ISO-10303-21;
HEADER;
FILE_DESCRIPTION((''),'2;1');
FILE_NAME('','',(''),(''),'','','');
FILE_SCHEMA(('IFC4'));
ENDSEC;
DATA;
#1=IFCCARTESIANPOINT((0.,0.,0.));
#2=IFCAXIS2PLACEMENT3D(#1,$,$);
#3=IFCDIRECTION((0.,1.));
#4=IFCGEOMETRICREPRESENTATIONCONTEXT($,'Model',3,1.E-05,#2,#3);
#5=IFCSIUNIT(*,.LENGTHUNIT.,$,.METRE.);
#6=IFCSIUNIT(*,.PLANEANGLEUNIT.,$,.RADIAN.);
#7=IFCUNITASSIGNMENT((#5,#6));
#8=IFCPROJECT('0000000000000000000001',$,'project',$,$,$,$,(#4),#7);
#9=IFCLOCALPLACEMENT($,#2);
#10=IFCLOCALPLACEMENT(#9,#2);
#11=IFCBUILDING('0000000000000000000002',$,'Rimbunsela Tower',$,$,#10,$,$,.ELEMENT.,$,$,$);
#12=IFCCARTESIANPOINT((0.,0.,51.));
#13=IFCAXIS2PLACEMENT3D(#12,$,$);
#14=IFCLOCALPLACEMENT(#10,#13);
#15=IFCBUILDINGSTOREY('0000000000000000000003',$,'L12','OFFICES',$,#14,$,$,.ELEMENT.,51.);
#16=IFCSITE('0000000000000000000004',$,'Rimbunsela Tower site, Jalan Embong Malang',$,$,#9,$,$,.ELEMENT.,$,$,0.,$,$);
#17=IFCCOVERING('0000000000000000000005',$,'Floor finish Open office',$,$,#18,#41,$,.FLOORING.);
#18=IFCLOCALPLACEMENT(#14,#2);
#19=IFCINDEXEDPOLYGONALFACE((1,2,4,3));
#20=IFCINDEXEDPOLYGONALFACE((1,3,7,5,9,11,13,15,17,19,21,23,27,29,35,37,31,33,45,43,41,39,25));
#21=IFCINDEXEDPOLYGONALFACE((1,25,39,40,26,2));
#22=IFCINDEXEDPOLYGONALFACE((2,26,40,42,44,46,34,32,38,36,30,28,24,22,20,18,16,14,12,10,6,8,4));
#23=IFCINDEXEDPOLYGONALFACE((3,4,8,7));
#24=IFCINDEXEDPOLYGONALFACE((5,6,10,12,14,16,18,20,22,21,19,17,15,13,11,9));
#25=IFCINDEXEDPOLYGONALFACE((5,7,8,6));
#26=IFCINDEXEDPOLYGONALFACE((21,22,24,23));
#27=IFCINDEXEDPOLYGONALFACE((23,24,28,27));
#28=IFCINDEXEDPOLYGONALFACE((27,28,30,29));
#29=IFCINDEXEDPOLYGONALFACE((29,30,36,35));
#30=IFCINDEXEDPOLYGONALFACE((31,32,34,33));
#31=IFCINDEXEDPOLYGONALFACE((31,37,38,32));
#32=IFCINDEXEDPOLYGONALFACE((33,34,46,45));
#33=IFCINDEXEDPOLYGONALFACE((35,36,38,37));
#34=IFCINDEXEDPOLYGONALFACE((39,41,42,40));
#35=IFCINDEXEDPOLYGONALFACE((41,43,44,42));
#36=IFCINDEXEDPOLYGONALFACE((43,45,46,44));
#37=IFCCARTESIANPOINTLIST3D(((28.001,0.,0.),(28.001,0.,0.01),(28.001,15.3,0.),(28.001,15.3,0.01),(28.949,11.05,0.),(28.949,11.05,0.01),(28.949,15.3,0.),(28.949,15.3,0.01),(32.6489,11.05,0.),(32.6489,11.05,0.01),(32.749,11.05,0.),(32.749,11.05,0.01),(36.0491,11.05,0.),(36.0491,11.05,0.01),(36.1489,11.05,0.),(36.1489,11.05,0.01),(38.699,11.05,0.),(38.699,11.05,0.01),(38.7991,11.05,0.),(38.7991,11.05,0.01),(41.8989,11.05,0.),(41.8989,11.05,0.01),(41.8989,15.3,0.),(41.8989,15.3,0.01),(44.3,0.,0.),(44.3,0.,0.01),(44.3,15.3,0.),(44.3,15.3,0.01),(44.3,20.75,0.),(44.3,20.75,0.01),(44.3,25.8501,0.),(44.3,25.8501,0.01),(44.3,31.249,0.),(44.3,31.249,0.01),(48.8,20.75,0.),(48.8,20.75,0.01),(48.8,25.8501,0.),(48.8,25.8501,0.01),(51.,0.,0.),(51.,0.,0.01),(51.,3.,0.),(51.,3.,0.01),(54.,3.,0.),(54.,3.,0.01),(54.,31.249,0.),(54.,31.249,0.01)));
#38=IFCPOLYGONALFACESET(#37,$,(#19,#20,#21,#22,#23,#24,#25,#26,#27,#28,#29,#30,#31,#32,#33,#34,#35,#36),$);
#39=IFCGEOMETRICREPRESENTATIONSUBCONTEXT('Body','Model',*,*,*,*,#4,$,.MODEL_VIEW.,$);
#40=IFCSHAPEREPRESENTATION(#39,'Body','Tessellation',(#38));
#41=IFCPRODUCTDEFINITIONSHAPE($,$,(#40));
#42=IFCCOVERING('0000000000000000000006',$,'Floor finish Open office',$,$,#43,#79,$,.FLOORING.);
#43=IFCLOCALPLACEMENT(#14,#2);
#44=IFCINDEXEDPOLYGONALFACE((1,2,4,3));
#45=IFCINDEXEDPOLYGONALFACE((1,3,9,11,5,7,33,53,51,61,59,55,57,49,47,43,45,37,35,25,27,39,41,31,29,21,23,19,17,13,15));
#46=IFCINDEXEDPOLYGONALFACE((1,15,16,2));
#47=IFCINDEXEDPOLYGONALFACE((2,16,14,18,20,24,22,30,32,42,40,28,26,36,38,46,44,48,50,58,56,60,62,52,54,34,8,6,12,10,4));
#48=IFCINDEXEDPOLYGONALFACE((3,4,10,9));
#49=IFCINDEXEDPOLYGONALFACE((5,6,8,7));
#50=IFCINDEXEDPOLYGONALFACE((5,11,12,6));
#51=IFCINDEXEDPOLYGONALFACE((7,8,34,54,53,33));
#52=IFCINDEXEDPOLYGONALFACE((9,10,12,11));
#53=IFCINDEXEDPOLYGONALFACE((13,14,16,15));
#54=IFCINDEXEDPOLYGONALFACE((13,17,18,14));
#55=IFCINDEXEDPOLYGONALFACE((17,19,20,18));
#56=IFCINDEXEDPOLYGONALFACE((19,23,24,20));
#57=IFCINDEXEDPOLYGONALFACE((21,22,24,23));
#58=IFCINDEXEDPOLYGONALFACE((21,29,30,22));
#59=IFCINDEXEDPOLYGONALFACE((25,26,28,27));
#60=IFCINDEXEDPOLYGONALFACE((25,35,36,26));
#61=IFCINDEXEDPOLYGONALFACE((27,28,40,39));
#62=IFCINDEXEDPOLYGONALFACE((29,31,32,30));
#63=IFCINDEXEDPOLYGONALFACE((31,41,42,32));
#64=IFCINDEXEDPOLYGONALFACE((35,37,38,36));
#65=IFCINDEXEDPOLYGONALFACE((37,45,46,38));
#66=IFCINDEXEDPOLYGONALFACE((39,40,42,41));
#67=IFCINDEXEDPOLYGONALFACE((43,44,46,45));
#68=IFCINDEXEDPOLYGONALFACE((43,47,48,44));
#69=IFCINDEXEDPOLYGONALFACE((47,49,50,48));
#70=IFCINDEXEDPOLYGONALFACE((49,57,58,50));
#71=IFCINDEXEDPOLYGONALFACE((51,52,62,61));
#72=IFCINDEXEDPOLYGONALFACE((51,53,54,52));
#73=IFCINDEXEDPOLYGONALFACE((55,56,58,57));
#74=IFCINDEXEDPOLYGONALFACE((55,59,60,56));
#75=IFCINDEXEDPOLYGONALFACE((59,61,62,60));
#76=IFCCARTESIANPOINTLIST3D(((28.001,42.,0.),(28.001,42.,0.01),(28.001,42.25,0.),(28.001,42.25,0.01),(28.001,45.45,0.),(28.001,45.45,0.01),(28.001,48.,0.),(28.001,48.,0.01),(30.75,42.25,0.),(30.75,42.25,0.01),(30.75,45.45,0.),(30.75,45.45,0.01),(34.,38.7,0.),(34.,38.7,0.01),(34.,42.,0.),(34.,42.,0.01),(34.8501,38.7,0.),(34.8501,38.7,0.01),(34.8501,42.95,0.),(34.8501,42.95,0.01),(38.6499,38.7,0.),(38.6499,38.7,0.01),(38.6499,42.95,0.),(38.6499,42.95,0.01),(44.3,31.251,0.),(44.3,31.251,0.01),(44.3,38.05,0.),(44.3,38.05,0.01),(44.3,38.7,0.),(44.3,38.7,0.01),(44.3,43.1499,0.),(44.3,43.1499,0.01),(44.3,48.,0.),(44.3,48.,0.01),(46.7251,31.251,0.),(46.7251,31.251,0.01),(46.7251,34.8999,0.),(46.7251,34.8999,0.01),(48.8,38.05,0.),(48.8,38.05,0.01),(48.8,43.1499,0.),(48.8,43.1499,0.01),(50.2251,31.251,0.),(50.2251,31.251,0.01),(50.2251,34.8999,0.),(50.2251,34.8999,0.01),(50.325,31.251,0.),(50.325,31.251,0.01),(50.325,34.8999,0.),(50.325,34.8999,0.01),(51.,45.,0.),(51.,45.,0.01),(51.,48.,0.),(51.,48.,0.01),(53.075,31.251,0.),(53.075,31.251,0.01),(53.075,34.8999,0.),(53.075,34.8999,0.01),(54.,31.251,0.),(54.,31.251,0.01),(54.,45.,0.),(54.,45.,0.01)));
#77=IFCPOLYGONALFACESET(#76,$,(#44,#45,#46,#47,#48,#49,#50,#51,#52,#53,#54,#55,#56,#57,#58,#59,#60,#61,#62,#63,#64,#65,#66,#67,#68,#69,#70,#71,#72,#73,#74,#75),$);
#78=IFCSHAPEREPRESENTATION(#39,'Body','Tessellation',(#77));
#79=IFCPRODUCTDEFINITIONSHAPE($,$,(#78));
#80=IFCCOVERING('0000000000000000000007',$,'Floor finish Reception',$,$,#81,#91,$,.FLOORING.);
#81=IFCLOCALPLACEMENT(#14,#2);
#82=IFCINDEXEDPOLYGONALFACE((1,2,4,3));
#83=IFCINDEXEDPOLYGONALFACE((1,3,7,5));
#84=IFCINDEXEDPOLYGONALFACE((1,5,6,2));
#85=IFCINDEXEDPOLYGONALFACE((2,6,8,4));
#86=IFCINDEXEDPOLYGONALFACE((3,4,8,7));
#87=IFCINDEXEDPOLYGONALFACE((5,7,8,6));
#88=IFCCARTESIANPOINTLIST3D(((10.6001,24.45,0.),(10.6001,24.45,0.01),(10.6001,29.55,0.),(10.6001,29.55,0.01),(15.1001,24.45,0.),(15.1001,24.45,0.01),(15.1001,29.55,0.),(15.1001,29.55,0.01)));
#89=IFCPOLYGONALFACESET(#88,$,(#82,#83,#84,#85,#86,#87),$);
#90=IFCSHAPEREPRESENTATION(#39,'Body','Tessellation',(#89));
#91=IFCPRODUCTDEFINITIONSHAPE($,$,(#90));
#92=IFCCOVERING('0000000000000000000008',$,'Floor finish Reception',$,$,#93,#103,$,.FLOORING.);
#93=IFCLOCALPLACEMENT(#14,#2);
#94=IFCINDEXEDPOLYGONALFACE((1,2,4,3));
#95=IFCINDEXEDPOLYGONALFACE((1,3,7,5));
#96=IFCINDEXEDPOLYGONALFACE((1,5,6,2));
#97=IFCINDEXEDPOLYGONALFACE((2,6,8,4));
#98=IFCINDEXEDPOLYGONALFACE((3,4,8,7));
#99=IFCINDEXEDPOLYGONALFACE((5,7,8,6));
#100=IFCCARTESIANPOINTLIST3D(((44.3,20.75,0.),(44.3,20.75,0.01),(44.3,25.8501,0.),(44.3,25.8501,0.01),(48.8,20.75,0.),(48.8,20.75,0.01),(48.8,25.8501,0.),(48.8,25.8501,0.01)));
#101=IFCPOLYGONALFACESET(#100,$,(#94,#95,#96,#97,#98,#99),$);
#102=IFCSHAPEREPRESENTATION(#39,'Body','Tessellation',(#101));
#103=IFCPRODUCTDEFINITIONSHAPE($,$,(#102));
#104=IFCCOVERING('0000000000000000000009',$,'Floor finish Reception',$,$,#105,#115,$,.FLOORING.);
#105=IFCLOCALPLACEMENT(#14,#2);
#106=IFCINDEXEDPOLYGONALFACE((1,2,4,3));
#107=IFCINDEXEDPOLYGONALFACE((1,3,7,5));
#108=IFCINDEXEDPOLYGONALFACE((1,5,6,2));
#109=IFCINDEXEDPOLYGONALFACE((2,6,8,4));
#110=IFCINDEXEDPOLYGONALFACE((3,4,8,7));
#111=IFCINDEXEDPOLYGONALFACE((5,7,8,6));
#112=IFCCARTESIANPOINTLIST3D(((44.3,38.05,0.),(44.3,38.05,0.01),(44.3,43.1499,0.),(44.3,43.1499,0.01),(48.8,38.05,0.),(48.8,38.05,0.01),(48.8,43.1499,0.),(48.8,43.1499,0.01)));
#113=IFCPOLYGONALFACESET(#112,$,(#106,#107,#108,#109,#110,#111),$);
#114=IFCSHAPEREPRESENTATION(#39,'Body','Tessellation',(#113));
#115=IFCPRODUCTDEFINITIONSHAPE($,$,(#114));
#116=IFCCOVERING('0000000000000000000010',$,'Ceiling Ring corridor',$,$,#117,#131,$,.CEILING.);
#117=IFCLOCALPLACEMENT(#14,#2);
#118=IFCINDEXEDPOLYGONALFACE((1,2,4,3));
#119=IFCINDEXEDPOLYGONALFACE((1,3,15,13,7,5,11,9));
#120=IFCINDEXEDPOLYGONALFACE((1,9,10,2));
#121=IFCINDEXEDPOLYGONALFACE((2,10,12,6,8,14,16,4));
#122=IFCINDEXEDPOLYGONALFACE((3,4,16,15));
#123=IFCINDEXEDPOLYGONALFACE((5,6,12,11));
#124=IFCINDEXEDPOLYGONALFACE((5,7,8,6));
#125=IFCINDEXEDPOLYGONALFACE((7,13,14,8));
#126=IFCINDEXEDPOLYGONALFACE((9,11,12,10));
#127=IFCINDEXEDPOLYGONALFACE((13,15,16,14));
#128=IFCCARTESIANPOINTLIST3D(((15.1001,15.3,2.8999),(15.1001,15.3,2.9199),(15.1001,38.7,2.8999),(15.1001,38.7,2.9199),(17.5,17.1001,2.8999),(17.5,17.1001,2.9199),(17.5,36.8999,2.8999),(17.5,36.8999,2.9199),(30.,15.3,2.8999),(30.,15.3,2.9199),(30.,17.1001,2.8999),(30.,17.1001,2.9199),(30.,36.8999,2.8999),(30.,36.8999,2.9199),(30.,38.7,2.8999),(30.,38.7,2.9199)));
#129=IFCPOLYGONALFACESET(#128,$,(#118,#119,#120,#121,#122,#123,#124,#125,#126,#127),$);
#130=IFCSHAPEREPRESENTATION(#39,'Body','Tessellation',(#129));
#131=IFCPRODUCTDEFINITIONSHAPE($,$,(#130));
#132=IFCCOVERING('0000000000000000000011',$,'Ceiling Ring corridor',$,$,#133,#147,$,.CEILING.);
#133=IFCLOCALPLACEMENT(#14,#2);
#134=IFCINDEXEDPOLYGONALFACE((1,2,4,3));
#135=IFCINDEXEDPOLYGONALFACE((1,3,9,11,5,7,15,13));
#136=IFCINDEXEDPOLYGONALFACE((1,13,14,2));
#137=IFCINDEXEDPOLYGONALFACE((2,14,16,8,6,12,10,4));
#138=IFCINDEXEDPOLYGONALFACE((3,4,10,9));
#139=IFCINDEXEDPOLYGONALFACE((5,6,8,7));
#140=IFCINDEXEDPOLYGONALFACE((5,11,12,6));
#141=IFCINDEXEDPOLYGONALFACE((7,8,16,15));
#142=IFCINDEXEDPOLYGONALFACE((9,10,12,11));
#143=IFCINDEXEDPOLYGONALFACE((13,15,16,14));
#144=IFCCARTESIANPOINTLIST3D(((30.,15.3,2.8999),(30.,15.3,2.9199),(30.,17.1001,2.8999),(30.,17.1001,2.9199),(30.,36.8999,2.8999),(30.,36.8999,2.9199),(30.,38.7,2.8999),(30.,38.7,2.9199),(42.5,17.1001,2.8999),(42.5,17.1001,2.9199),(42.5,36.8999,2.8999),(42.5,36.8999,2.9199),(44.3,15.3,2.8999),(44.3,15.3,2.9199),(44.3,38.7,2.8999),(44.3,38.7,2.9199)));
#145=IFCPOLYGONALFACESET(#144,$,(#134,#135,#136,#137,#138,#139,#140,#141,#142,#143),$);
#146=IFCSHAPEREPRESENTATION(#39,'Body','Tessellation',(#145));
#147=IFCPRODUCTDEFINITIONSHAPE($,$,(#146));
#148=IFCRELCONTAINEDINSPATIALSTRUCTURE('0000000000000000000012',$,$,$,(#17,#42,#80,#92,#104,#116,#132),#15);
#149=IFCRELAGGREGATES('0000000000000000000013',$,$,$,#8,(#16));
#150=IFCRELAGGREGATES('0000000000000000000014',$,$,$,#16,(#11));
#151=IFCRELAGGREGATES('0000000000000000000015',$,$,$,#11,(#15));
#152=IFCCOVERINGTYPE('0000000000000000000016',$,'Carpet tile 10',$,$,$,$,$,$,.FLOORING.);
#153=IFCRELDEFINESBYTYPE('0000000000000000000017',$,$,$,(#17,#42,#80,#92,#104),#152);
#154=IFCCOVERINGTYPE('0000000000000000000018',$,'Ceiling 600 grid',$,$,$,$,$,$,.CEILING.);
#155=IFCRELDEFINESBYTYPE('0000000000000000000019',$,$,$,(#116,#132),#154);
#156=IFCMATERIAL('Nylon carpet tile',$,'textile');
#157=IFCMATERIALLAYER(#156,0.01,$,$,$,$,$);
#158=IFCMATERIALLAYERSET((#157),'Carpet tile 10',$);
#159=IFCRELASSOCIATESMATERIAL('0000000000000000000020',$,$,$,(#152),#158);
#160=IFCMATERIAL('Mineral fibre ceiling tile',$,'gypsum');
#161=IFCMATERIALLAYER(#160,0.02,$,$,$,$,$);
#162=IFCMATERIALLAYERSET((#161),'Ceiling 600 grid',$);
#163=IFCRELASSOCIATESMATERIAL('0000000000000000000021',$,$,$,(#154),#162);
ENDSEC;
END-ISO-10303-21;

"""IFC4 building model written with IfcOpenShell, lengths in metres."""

from ifc_helpers import new_model, si_unit, direction, frame, origin, place, context, subcontext, project, spatial, polyline, outline, extrude, material, layer, layer_set, type_object, element, save


model = new_model("IFC4")

# Units and contexts
model_context = context("Model", 3, precision=1e-05, world=origin(), true_north=direction((0.0, 1.0)))
body_context = subcontext(model_context, "Body", "Model", "MODEL_VIEW")
ifc_project = project(units=[si_unit("LENGTHUNIT", "METRE"), si_unit("PLANEANGLEUNIT", "RADIAN")], contexts=[model_context])

# Site, building, storey
site_placement = place(None, origin())
site = spatial("IfcSite", under=ifc_project, at=site_placement, Name="Rimbunsela Tower site, Jalan Embong Malang", CompositionType="ELEMENT", RefElevation=0.0)
building_placement = place(site_placement, origin())
building = spatial("IfcBuilding", under=site, at=building_placement, Name="Rimbunsela Tower", CompositionType="ELEMENT")
storey_placement = place(building_placement, frame((0.0, 0.0, 51.0)))
storey = spatial("IfcBuildingStorey", under=building, at=storey_placement, Name="L12", Description="OFFICES", CompositionType="ELEMENT", Elevation=51.0)

# Coverings
ifc_material_1 = material(Name="Nylon carpet tile", Category="textile")
ifc_layer_1 = layer(ifc_material_1, 0.01)
ifc_layer_set_1 = layer_set([ifc_layer_1], Name="Carpet tile 10")
covering_type_1 = type_object("IfcCoveringType", Name="Carpet tile 10", PredefinedType="FLOORING", material=ifc_layer_set_1)
covering_1_placement = place(storey_placement, origin())
element("IfcCovering", 1, at=covering_1_placement, inside=storey, type_object=covering_type_1, Name="Floor finish Open office", PredefinedType="FLOORING", context=body_context, shape_type="SweptSolid", body=[
    extrude(outline(polyline([(28.001, 15.3), (28.949, 15.3), (28.949, 11.05), (32.6489, 11.05), (32.749, 11.05), (36.0491, 11.05), (36.1489, 11.05), (38.699, 11.05), (38.7991, 11.05), (41.8989, 11.05), (41.8989, 15.3), (44.3, 15.3), (44.3, 20.75), (48.8, 20.75), (48.8, 25.8501), (44.3, 25.8501), (44.3, 31.249), (54.0, 31.249), (54.0, 3.0), (51.0, 3.0), (51.0, 0.0), (44.3, 0.0), (28.001, 0.0), (28.001, 15.3)])), origin(), (0.0, 0.0, 1.0), 0.01),
])
covering_2_placement = place(storey_placement, origin())
element("IfcCovering", 2, at=covering_2_placement, inside=storey, type_object=covering_type_1, Name="Floor finish Open office", PredefinedType="FLOORING", context=body_context, shape_type="SweptSolid", body=[
    extrude(outline(polyline([(44.3, 38.7), (38.6499, 38.7), (38.6499, 42.95), (34.8501, 42.95), (34.8501, 38.7), (34.0, 38.7), (34.0, 42.0), (28.001, 42.0), (28.001, 42.25), (30.75, 42.25), (30.75, 45.45), (28.001, 45.45), (28.001, 48.0), (44.3, 48.0), (51.0, 48.0), (51.0, 45.0), (54.0, 45.0), (54.0, 31.251), (53.075, 31.251), (53.075, 34.8999), (50.325, 34.8999), (50.325, 31.251), (50.2251, 31.251), (50.2251, 34.8999), (46.7251, 34.8999), (46.7251, 31.251), (44.3, 31.251), (44.3, 38.05), (48.8, 38.05), (48.8, 43.1499), (44.3, 43.1499), (44.3, 38.7)])), origin(), (0.0, 0.0, 1.0), 0.01),
])
covering_3_placement = place(storey_placement, origin())
element("IfcCovering", 3, at=covering_3_placement, inside=storey, type_object=covering_type_1, Name="Floor finish Reception", PredefinedType="FLOORING", context=body_context, shape_type="SweptSolid", body=[
    extrude(outline(polyline([(15.1001, 24.45), (15.1001, 29.55), (10.6001, 29.55), (10.6001, 24.45), (15.1001, 24.45)])), origin(), (0.0, 0.0, 1.0), 0.01),
])
covering_4_placement = place(storey_placement, origin())
element("IfcCovering", 4, at=covering_4_placement, inside=storey, type_object=covering_type_1, Name="Floor finish Reception", PredefinedType="FLOORING", context=body_context, shape_type="SweptSolid", body=[
    extrude(outline(polyline([(48.8, 20.75), (48.8, 25.8501), (44.3, 25.8501), (44.3, 20.75), (48.8, 20.75)])), origin(), (0.0, 0.0, 1.0), 0.01),
])
covering_5_placement = place(storey_placement, origin())
element("IfcCovering", 5, at=covering_5_placement, inside=storey, type_object=covering_type_1, Name="Floor finish Reception", PredefinedType="FLOORING", context=body_context, shape_type="SweptSolid", body=[
    extrude(outline(polyline([(48.8, 38.05), (48.8, 43.1499), (44.3, 43.1499), (44.3, 38.05), (48.8, 38.05)])), origin(), (0.0, 0.0, 1.0), 0.01),
])
ifc_material_2 = material(Name="Mineral fibre ceiling tile", Category="gypsum")
ifc_layer_2 = layer(ifc_material_2, 0.02)
ifc_layer_set_2 = layer_set([ifc_layer_2], Name="Ceiling 600 grid")
covering_type_2 = type_object("IfcCoveringType", Name="Ceiling 600 grid", PredefinedType="CEILING", material=ifc_layer_set_2)
covering_6_placement = place(storey_placement, frame((0.0, 0.0, 2.8999)))
element("IfcCovering", 6, at=covering_6_placement, inside=storey, type_object=covering_type_2, Name="Ceiling Ring corridor", PredefinedType="CEILING", context=body_context, shape_type="SweptSolid", body=[
    extrude(outline(polyline([(15.1001, 38.7), (30.0, 38.7), (30.0, 36.8999), (17.5, 36.8999), (17.5, 17.1001), (30.0, 17.1001), (30.0, 15.3), (15.1001, 15.3), (15.1001, 38.7)])), origin(), (0.0, 0.0, 1.0), 0.02),
])
covering_7_placement = place(storey_placement, frame((0.0, 0.0, 2.8999)))
element("IfcCovering", 7, at=covering_7_placement, inside=storey, type_object=covering_type_2, Name="Ceiling Ring corridor", PredefinedType="CEILING", context=body_context, shape_type="SweptSolid", body=[
    extrude(outline(polyline([(44.3, 38.7), (44.3, 15.3), (30.0, 15.3), (30.0, 17.1001), (42.5, 17.1001), (42.5, 36.8999), (30.0, 36.8999), (30.0, 38.7), (44.3, 38.7)])), origin(), (0.0, 0.0, 1.0), 0.02),
])

save(model, "model.ifc")
